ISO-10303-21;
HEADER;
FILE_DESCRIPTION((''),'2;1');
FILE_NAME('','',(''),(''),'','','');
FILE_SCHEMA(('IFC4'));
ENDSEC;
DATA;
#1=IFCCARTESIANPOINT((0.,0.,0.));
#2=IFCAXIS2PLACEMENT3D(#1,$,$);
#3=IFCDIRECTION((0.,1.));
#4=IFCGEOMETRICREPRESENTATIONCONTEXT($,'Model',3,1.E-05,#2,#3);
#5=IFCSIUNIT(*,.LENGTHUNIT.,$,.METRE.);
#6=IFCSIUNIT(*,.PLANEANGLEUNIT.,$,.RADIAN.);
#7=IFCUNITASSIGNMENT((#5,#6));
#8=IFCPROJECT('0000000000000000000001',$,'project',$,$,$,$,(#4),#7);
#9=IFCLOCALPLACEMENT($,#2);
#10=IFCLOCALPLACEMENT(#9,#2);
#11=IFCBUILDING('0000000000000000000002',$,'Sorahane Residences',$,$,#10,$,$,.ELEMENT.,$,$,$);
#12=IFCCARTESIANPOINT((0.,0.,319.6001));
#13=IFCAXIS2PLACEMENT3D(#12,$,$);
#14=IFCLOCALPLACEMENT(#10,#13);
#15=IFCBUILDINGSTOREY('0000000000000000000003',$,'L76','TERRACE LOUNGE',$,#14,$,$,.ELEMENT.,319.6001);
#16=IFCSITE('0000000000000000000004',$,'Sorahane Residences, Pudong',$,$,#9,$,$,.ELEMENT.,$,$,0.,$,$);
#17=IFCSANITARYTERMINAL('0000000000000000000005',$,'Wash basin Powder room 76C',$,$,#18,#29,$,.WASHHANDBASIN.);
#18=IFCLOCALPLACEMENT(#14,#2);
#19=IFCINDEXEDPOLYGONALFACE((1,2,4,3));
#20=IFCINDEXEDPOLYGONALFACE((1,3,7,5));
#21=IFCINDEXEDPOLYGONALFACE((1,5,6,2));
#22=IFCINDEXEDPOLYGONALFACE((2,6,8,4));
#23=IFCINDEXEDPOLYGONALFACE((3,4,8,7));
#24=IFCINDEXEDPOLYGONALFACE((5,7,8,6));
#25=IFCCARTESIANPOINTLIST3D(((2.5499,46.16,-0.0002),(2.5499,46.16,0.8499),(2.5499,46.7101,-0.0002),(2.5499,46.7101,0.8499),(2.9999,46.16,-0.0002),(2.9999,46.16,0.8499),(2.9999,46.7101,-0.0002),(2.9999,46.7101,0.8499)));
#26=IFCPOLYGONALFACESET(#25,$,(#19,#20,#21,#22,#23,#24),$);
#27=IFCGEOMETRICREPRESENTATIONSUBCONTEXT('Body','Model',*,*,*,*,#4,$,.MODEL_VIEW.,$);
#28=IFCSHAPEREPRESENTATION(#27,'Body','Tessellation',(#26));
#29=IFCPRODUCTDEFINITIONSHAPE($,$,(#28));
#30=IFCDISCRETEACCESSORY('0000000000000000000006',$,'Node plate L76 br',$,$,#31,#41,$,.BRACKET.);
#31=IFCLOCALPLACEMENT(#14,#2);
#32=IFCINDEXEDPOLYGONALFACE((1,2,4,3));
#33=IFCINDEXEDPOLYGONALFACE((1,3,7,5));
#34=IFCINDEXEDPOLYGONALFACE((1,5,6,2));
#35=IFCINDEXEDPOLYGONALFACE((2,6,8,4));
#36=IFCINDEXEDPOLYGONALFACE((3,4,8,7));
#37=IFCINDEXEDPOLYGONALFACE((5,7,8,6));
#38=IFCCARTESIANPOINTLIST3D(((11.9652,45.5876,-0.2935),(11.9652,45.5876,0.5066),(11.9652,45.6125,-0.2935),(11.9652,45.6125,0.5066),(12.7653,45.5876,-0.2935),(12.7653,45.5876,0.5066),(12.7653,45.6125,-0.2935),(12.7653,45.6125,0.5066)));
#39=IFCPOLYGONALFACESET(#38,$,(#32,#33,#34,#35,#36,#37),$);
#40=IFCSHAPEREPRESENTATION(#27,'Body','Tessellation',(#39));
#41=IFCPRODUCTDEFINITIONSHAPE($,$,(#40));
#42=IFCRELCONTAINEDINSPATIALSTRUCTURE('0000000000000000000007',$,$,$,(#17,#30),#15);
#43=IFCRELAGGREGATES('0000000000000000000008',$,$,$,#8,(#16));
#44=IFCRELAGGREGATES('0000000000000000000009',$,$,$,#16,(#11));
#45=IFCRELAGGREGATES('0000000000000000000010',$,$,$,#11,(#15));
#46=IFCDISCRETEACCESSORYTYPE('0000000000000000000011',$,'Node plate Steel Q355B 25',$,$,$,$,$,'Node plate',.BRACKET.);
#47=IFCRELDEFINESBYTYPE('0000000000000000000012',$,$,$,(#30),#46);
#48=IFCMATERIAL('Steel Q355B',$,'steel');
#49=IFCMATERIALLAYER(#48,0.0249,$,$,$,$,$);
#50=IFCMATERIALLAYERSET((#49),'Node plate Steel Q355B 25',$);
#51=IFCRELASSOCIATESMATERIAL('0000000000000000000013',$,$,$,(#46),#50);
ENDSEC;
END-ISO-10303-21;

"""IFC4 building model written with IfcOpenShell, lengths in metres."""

from ifc_helpers import new_model, si_unit, direction, frame, origin, origin_2d, place, context, subcontext, project, spatial, rectangle, extrude, material, layer, layer_set, type_object, element, save


model = new_model("IFC4")

# Units and contexts
model_context = context("Model", 3, precision=1e-05, world=origin(), true_north=direction((0.0, 1.0)))
body_context = subcontext(model_context, "Body", "Model", "MODEL_VIEW")
ifc_project = project(units=[si_unit("LENGTHUNIT", "METRE"), si_unit("PLANEANGLEUNIT", "RADIAN")], contexts=[model_context])

# Site, building, storey
site_placement = place(None, origin())
site = spatial("IfcSite", under=ifc_project, at=site_placement, Name="Sorahane Residences, Pudong", CompositionType="ELEMENT", RefElevation=0.0)
building_placement = place(site_placement, origin())
building = spatial("IfcBuilding", under=site, at=building_placement, Name="Sorahane Residences", CompositionType="ELEMENT")
storey_placement = place(building_placement, frame((0.0, 0.0, 319.6001)))
storey = spatial("IfcBuildingStorey", under=building, at=storey_placement, Name="L76", Description="TERRACE LOUNGE", CompositionType="ELEMENT", Elevation=319.6001)

# Sanitary terminal
sanitary_terminal_1_placement = place(storey_placement, frame((2.7749, 46.4351, -0.0002), z_axis=(0.0, 0.0, 1.0), x_axis=(0.0, -1.0, 0.0)))
element("IfcSanitaryTerminal", 1, at=sanitary_terminal_1_placement, inside=storey, Name="Wash basin Powder room 76C", PredefinedType="WASHHANDBASIN", context=body_context, shape_type="SweptSolid", body=[
    extrude(rectangle(XDim=0.55, YDim=0.45, at=origin_2d()), origin(), (0.0, 0.0, 1.0), 0.8501),
])

# Discrete accessory
ifc_material_1 = material(Name="Steel Q355B", Category="steel")
ifc_layer_1 = layer(ifc_material_1, 0.0249)
ifc_layer_set_1 = layer_set([ifc_layer_1], Name="Node plate Steel Q355B 25")
discrete_accessory_type = type_object("IfcDiscreteAccessoryType", Name="Node plate Steel Q355B 25", ElementType="Node plate", PredefinedType="BRACKET", material=ifc_layer_set_1)
discrete_accessory_placement = place(storey_placement, frame((12.3652, 45.6001, -0.2935), z_axis=(0.0, 0.0, 1.0), x_axis=(1.0, 0.0, 0.0)))
element("IfcDiscreteAccessory", 2, at=discrete_accessory_placement, inside=storey, type_object=discrete_accessory_type, Name="Node plate L76 br", PredefinedType="BRACKET", context=body_context, shape_type="SweptSolid", body=[
    extrude(rectangle(XDim=0.8, YDim=0.0249, at=origin_2d()), origin(), (0.0, 0.0, 1.0), 0.8),
])

save(model, "model.ifc")
